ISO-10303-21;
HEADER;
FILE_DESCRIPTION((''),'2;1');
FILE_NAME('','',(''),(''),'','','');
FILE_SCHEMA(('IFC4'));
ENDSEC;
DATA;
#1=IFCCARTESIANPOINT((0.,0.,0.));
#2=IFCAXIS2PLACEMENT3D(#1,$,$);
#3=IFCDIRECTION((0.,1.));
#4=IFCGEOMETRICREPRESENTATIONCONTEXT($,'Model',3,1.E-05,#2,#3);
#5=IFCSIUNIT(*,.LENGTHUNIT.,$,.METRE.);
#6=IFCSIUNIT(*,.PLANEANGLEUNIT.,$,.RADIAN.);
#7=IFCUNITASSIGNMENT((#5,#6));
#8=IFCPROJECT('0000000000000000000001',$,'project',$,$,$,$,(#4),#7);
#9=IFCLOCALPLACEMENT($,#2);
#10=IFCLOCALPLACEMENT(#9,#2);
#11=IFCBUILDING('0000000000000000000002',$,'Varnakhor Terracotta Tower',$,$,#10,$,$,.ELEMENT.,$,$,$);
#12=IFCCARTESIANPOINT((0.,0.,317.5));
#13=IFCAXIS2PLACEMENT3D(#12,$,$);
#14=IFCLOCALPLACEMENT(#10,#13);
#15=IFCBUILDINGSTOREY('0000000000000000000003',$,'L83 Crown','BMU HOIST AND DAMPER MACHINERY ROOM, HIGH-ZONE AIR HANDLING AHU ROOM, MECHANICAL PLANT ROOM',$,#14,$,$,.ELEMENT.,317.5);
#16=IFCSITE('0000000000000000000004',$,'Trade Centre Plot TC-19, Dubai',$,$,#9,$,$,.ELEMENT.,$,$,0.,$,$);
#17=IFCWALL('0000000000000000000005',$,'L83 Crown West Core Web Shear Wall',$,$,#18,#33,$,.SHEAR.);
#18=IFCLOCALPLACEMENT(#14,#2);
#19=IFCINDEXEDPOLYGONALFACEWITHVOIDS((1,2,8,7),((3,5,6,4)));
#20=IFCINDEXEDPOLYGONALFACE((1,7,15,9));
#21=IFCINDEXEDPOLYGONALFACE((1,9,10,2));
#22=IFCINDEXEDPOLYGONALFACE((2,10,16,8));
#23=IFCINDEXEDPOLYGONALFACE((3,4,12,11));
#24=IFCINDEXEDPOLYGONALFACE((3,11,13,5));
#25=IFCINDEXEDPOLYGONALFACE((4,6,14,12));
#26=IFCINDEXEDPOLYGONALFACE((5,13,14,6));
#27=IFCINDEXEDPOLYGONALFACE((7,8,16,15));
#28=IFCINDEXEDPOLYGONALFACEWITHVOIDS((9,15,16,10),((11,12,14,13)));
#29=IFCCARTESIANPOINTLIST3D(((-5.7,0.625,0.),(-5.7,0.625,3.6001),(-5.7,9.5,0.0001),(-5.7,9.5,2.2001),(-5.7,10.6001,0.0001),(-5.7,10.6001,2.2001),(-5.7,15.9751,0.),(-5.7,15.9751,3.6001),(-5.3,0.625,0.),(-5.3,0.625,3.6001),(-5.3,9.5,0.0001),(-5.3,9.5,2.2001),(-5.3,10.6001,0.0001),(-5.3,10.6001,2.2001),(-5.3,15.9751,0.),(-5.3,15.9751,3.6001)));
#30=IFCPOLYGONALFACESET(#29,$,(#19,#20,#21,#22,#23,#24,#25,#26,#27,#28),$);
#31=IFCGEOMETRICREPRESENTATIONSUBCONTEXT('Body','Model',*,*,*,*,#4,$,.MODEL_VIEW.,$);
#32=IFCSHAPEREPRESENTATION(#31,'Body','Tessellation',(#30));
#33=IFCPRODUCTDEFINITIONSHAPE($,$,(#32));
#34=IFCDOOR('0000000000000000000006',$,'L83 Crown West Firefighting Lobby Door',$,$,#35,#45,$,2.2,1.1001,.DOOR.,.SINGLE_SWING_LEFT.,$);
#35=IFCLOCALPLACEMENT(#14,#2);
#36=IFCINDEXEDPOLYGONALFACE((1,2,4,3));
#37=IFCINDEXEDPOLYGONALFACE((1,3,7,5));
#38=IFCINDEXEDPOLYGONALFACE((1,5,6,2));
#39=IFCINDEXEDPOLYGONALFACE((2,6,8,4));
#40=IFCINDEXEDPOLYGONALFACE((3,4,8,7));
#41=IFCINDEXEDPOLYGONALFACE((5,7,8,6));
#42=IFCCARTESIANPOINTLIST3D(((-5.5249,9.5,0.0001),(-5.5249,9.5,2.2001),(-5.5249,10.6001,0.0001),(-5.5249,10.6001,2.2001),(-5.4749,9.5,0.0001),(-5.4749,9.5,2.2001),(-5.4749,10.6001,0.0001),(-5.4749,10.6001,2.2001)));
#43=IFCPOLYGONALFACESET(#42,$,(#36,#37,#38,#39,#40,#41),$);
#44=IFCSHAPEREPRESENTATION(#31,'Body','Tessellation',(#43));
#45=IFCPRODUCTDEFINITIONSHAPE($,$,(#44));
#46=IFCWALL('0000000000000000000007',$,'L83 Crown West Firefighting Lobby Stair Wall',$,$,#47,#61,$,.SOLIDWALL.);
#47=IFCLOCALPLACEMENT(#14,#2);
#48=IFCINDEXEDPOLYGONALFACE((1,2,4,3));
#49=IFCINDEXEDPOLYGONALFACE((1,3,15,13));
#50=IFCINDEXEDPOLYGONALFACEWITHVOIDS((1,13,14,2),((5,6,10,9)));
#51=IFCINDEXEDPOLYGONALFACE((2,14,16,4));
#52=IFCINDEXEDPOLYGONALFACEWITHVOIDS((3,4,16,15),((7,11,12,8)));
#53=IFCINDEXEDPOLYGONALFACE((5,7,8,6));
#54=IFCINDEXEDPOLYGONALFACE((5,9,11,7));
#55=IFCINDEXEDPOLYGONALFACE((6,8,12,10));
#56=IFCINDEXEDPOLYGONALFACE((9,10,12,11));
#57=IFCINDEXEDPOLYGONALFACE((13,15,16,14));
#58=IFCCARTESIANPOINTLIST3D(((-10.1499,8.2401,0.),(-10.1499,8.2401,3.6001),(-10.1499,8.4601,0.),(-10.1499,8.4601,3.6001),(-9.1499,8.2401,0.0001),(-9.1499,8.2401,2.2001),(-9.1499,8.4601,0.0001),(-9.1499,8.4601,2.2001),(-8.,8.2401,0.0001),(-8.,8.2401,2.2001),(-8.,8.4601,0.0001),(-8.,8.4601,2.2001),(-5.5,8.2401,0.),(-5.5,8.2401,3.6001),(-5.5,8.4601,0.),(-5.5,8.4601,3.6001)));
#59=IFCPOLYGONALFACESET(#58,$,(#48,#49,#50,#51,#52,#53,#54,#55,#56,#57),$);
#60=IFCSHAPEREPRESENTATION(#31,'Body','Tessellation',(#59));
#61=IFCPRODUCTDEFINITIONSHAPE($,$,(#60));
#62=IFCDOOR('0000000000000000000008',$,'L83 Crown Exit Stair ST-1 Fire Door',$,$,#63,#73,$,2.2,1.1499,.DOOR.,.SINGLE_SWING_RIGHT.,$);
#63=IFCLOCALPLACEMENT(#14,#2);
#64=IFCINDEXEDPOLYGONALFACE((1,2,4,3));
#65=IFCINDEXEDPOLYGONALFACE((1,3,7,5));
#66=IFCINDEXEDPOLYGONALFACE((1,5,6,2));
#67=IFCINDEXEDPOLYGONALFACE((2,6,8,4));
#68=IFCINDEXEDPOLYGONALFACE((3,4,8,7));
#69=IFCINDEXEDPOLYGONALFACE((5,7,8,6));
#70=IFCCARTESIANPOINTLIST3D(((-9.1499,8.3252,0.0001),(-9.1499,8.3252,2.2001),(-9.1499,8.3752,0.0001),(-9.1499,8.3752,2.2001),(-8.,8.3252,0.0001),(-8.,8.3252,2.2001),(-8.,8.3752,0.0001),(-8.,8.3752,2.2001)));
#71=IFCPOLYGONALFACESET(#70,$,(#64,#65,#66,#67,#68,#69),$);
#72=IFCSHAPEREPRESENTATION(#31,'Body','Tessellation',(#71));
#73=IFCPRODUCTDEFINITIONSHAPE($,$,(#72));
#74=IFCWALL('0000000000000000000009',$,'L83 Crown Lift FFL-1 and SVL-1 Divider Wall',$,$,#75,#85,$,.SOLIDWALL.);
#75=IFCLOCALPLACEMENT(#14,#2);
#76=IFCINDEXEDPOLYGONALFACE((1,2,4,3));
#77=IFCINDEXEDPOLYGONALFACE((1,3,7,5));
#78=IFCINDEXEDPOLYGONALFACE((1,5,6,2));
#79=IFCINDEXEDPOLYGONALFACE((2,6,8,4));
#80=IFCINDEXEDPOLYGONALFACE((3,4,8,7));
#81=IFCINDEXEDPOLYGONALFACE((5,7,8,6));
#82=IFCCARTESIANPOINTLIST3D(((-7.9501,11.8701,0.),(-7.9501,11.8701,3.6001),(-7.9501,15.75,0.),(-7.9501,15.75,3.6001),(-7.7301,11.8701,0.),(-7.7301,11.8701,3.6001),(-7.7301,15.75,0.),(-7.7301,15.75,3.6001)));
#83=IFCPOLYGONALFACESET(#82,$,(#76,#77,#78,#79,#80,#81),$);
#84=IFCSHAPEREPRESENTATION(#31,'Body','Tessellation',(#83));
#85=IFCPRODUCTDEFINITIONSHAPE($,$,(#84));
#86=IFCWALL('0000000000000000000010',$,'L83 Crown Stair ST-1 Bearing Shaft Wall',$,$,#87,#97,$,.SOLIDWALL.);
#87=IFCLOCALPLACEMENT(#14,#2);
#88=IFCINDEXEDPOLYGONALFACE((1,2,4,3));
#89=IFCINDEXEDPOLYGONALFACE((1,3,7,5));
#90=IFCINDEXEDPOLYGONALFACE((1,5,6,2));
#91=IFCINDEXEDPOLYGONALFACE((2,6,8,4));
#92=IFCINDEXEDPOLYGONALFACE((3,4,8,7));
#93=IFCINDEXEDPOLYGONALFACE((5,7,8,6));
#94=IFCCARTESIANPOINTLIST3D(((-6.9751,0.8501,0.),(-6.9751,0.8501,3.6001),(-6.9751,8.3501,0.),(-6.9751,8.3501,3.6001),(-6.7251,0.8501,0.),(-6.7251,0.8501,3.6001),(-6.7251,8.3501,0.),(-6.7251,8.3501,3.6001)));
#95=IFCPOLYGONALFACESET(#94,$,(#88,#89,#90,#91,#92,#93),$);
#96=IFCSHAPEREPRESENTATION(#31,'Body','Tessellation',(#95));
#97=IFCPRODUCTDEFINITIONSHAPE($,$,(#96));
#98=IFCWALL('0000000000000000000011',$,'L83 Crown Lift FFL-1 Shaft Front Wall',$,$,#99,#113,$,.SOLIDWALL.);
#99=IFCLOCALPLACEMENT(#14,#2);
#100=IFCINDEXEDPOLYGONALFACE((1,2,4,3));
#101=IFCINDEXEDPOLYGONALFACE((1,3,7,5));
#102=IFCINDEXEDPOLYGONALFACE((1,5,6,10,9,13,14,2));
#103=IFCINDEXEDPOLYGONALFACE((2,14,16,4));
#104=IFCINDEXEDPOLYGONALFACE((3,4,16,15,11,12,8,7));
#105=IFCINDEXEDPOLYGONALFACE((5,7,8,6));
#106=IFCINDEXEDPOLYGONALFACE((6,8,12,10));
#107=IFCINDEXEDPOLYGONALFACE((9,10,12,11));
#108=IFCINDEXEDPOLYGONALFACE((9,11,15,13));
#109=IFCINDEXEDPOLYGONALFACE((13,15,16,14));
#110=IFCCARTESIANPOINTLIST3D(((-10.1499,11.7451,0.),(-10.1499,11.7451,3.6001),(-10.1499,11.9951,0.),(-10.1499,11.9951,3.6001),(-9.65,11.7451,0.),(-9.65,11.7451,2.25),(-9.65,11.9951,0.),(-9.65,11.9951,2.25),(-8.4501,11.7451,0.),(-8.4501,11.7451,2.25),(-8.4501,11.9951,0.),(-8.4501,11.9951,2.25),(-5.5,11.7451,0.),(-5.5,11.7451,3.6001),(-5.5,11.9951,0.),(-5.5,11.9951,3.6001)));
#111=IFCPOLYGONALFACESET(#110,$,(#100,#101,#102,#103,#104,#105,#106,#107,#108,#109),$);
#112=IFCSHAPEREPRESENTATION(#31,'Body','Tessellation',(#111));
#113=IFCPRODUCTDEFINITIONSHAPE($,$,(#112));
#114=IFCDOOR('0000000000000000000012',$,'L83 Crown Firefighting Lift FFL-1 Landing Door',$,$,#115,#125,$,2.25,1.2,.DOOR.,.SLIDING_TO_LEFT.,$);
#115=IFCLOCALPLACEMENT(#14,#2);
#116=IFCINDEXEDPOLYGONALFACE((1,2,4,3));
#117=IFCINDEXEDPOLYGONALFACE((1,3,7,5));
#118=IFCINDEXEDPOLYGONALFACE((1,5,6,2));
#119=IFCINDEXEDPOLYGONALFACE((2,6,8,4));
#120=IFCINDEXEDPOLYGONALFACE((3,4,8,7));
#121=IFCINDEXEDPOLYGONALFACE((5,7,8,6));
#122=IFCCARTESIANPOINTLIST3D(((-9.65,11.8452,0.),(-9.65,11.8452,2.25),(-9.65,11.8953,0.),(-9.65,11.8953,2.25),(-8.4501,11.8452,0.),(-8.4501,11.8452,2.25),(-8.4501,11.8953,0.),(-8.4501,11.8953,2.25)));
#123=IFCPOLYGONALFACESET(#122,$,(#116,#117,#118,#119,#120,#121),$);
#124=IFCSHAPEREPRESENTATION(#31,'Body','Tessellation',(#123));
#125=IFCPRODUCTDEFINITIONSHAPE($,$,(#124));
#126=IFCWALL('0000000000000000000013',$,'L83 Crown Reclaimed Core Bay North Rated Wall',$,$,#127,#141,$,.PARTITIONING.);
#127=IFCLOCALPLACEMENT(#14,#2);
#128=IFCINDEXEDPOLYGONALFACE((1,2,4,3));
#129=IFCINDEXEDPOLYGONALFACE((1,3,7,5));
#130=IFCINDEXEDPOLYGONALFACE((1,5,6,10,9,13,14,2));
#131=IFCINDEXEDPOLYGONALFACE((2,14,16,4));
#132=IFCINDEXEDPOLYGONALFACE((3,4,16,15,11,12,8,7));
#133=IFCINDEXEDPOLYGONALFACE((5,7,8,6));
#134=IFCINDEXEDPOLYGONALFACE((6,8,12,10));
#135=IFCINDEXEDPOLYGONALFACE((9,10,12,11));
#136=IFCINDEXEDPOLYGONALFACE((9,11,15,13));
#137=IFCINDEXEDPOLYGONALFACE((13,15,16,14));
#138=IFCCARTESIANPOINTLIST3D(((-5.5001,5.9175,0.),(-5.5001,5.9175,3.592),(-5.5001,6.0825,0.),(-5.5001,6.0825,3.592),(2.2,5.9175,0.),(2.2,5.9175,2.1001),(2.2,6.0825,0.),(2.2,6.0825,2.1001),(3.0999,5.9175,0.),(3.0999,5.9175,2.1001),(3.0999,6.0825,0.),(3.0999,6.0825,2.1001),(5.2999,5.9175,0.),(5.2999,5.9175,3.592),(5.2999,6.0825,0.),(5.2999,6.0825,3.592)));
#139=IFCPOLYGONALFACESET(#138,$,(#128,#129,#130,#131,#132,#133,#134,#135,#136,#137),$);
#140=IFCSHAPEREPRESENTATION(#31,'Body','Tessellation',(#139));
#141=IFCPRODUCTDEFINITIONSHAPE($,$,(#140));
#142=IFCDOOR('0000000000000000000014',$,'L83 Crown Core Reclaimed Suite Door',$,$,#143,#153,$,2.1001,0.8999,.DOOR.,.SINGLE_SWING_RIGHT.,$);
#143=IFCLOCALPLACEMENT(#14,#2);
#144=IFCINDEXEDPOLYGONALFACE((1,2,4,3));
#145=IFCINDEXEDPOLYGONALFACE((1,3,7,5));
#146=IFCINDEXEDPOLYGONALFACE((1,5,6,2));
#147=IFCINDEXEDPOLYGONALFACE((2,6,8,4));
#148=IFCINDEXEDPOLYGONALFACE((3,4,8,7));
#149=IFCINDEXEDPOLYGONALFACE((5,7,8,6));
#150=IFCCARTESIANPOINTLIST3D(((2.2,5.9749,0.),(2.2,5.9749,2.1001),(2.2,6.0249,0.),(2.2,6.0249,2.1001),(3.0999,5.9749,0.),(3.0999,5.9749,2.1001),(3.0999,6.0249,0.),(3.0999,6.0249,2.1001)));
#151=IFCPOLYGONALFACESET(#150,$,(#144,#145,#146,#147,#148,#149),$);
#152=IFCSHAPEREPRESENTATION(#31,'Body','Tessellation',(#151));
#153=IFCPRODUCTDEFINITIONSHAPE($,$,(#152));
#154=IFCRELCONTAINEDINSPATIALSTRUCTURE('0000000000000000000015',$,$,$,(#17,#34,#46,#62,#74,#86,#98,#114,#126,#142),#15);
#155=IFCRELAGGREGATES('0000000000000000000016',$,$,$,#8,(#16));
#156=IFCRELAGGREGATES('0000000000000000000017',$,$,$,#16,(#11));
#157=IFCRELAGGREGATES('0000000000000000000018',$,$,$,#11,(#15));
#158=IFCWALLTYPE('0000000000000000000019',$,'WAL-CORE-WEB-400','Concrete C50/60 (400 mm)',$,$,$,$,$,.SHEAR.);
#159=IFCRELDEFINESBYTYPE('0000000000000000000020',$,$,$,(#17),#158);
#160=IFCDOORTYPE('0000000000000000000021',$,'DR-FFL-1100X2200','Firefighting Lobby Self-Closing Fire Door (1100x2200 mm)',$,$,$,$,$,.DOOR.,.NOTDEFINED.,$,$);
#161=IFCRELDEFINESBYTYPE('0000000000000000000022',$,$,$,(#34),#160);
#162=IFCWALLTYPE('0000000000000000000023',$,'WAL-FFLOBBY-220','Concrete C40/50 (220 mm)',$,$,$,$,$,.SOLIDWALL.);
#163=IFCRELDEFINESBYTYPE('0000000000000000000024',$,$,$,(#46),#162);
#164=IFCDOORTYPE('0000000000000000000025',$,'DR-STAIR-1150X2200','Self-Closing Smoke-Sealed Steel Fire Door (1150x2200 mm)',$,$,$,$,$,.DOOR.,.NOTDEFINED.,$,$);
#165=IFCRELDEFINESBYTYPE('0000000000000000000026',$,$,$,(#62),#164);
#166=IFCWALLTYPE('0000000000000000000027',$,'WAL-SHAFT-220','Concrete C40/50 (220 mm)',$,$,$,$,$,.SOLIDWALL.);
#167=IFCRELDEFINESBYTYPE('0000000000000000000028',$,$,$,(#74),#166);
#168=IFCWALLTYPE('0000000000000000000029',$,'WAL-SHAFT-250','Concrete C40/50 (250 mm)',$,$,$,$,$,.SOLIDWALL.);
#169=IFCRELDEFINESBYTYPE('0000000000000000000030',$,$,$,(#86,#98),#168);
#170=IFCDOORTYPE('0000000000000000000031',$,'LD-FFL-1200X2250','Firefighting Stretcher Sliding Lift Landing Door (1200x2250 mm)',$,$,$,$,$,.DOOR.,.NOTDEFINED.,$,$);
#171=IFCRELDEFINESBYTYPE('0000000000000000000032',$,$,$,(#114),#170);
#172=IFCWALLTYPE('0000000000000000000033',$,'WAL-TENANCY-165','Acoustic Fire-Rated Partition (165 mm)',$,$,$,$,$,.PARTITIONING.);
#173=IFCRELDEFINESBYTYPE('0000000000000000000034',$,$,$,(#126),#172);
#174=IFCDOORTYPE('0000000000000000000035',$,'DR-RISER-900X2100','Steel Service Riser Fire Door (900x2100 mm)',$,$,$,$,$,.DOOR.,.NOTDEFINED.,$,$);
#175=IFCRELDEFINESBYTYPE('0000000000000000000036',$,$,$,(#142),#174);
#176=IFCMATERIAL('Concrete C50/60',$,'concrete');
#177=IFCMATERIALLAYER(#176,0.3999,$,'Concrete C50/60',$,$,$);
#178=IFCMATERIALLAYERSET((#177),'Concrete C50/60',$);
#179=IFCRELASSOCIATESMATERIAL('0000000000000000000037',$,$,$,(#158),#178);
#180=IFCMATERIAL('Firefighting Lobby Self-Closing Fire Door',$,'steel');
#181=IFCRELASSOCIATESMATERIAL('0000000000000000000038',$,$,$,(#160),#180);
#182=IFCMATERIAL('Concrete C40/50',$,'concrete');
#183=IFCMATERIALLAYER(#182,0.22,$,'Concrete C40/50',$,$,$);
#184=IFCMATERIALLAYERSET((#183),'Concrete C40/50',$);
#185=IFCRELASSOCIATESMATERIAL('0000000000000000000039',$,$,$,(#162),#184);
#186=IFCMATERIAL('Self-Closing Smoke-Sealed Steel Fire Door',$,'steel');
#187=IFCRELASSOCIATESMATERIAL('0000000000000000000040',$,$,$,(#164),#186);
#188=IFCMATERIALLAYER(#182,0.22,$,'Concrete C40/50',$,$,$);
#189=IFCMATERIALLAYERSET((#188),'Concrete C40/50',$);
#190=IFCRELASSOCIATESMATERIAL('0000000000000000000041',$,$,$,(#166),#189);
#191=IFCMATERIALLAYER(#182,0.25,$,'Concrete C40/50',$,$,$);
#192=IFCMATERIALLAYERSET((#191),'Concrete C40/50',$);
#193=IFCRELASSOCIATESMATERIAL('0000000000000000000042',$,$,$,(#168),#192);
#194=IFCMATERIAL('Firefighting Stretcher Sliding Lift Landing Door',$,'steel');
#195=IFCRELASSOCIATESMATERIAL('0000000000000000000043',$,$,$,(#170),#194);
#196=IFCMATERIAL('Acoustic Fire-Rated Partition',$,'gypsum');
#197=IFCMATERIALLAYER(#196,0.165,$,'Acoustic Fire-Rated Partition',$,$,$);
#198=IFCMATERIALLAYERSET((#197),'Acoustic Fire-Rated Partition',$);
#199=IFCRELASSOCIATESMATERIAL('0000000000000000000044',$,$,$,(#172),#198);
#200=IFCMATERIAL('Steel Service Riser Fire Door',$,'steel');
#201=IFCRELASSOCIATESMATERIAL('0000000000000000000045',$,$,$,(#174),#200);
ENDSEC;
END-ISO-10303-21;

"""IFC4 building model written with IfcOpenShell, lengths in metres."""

from ifc_helpers import new_model, si_unit, direction, frame, frame_2d, origin, place, context, subcontext, project, spatial, rectangle, extrude, source, transform, mapped, material, layer, layer_set, type_object, type_shapes, element, fill, save


model = new_model("IFC4")

# Units and contexts
model_context = context("Model", 3, precision=1e-05, world=origin(), true_north=direction((0.0, 1.0)))
body_context = subcontext(model_context, "Body", "Model", "MODEL_VIEW")
ifc_project = project(units=[si_unit("LENGTHUNIT", "METRE"), si_unit("PLANEANGLEUNIT", "RADIAN")], contexts=[model_context])

# Site, building, storey
site_placement = place(None, origin())
site = spatial("IfcSite", under=ifc_project, at=site_placement, Name="Trade Centre Plot TC-19, Dubai", CompositionType="ELEMENT", RefElevation=0.0)
building_placement = place(site_placement, origin())
building = spatial("IfcBuilding", under=site, at=building_placement, Name="Varnakhor Terracotta Tower", CompositionType="ELEMENT")
storey_placement = place(building_placement, frame((0.0, 0.0, 317.5)))
storey = spatial("IfcBuildingStorey", under=building, at=storey_placement, Name="L83 Crown", Description="BMU HOIST AND DAMPER MACHINERY ROOM, HIGH-ZONE AIR HANDLING AHU ROOM, MECHANICAL PLANT ROOM", CompositionType="ELEMENT", Elevation=317.5)

# Shared definitions
ifc_material_1 = material(Name="Concrete C50/60", Category="concrete")

# Walls, openings, doors
ifc_layer_1 = layer(ifc_material_1, 0.3999, Name="Concrete C50/60")
ifc_layer_set_1 = layer_set([ifc_layer_1], Name="Concrete C50/60")
wall_type_1 = type_object("IfcWallType", Name="WAL-CORE-WEB-400", Description="Concrete C50/60 (400 mm)", PredefinedType="SHEAR", material=ifc_layer_set_1)
wall_1_placement = place(storey_placement, frame((-5.5, 0.625, 0.0), z_axis=(0.0, 0.0, 1.0), x_axis=(0.0, 1.0, 0.0)))
wall_1 = element("IfcWall", 1, at=wall_1_placement, inside=storey, type_object=wall_type_1, Name="L83 Crown West Core Web Shear Wall", PredefinedType="SHEAR", context=body_context, shape_type="SweptSolid", body=[
    extrude(rectangle(XDim=15.3501, YDim=0.3999, at=frame_2d((7.675, 0.0))), origin(), (0.0, 0.0, 1.0), 3.6001),
])
opening_1_placement = place(wall_1_placement, frame((8.875, 0.0, 0.0)))
opening_1 = element("IfcOpeningElement", 2, at=opening_1_placement, cuts=wall_1, PredefinedType="OPENING", context=body_context, shape_type="SweptSolid", body=[
    extrude(rectangle(XDim=1.1001, YDim=2.2, at=frame_2d((0.55, 1.1001))), frame((0.0, 0.21, 0.0), z_axis=(0.0, -1.0, 0.0), x_axis=(1.0, 0.0, 0.0)), (0.0, 0.0, 1.0), 0.4199),
])
ifc_material_2 = material(Name="Firefighting Lobby Self-Closing Fire Door", Category="steel")
door_type_1 = type_object("IfcDoorType", Name="DR-FFL-1100X2200", Description="Firefighting Lobby Self-Closing Fire Door (1100x2200 mm)", OperationType="NOTDEFINED", PredefinedType="DOOR", material=ifc_material_2)
shared_shape_1 = source(origin(), body_context, "Body", "SweptSolid", [
    extrude(rectangle(XDim=1.1001, YDim=2.2, at=frame_2d((0.55, 1.1001))), frame((0.0, 0.0249, 0.0), z_axis=(0.0, -1.0, 0.0), x_axis=(1.0, 0.0, 0.0)), (0.0, 0.0, 1.0), 0.05),
])
type_shapes(door_type_1, [shared_shape_1])
door_1_placement = place(opening_1_placement, origin())
door_1 = element("IfcDoor", 3, at=door_1_placement, inside=storey, type_object=door_type_1, Name="L83 Crown West Firefighting Lobby Door", OperationType="SINGLE_SWING_LEFT", OverallHeight=2.2, OverallWidth=1.1001, PredefinedType="DOOR", context=body_context, shape_type="MappedRepresentation", body=[
    mapped(shared_shape_1, transform((0.0, 0.0, 0.0), scale=1.0)),
])
fill(opening_1, door_1)
ifc_material_3 = material(Name="Concrete C40/50", Category="concrete")
ifc_layer_2 = layer(ifc_material_3, 0.22, Name="Concrete C40/50")
ifc_layer_set_2 = layer_set([ifc_layer_2], Name="Concrete C40/50")
wall_type_2 = type_object("IfcWallType", Name="WAL-FFLOBBY-220", Description="Concrete C40/50 (220 mm)", PredefinedType="SOLIDWALL", material=ifc_layer_set_2)
wall_2_placement = place(storey_placement, frame((-5.5, 8.3501, 0.0), z_axis=(0.0, 0.0, 1.0), x_axis=(-1.0, 0.0, 0.0)))
wall_2 = element("IfcWall", 4, at=wall_2_placement, inside=storey, type_object=wall_type_2, Name="L83 Crown West Firefighting Lobby Stair Wall", PredefinedType="SOLIDWALL", context=body_context, shape_type="SweptSolid", body=[
    extrude(rectangle(XDim=4.6499, YDim=0.22, at=frame_2d((2.325, 0.0))), origin(), (0.0, 0.0, 1.0), 3.6001),
])
opening_2_placement = place(wall_2_placement, frame((2.5, 0.0, 0.0)))
opening_2 = element("IfcOpeningElement", 5, at=opening_2_placement, cuts=wall_2, PredefinedType="OPENING", context=body_context, shape_type="SweptSolid", body=[
    extrude(rectangle(XDim=1.1499, YDim=2.2, at=frame_2d((0.575, 1.1001))), frame((0.0, 0.1201, 0.0), z_axis=(0.0, -1.0, 0.0), x_axis=(1.0, 0.0, 0.0)), (0.0, 0.0, 1.0), 0.24),
])
ifc_material_4 = material(Name="Self-Closing Smoke-Sealed Steel Fire Door", Category="steel")
door_type_2 = type_object("IfcDoorType", Name="DR-STAIR-1150X2200", Description="Self-Closing Smoke-Sealed Steel Fire Door (1150x2200 mm)", OperationType="NOTDEFINED", PredefinedType="DOOR", material=ifc_material_4)
shared_shape_2 = source(origin(), body_context, "Body", "SweptSolid", [
    extrude(rectangle(XDim=1.1499, YDim=2.2, at=frame_2d((0.575, 1.1001))), frame((0.0, 0.0249, 0.0), z_axis=(0.0, -1.0, 0.0), x_axis=(1.0, 0.0, 0.0)), (0.0, 0.0, 1.0), 0.05),
])
type_shapes(door_type_2, [shared_shape_2])
door_2_placement = place(opening_2_placement, origin())
door_2 = element("IfcDoor", 6, at=door_2_placement, inside=storey, type_object=door_type_2, Name="L83 Crown Exit Stair ST-1 Fire Door", OperationType="SINGLE_SWING_RIGHT", OverallHeight=2.2, OverallWidth=1.1499, PredefinedType="DOOR", context=body_context, shape_type="MappedRepresentation", body=[
    mapped(shared_shape_2, transform((0.0, 0.0, 0.0), scale=1.0)),
])
fill(opening_2, door_2)

# Walls
ifc_layer_3 = layer(ifc_material_3, 0.22, Name="Concrete C40/50")
ifc_layer_set_3 = layer_set([ifc_layer_3], Name="Concrete C40/50")
wall_type_3 = type_object("IfcWallType", Name="WAL-SHAFT-220", Description="Concrete C40/50 (220 mm)", PredefinedType="SOLIDWALL", material=ifc_layer_set_3)
wall_3_placement = place(storey_placement, frame((-7.8401, 11.8701, 0.0), z_axis=(0.0, 0.0, 1.0), x_axis=(0.0, 1.0, 0.0)))
element("IfcWall", 7, at=wall_3_placement, inside=storey, type_object=wall_type_3, Name="L83 Crown Lift FFL-1 and SVL-1 Divider Wall", PredefinedType="SOLIDWALL", context=body_context, shape_type="SweptSolid", body=[
    extrude(rectangle(XDim=3.8799, YDim=0.22, at=frame_2d((1.9399, 0.0))), origin(), (0.0, 0.0, 1.0), 3.6001),
])
ifc_layer_4 = layer(ifc_material_3, 0.25, Name="Concrete C40/50")
ifc_layer_set_4 = layer_set([ifc_layer_4], Name="Concrete C40/50")
wall_type_4 = type_object("IfcWallType", Name="WAL-SHAFT-250", Description="Concrete C40/50 (250 mm)", PredefinedType="SOLIDWALL", material=ifc_layer_set_4)
wall_4_placement = place(storey_placement, frame((-6.8501, 0.8501, 0.0), z_axis=(0.0, 0.0, 1.0), x_axis=(0.0, 1.0, 0.0)))
element("IfcWall", 8, at=wall_4_placement, inside=storey, type_object=wall_type_4, Name="L83 Crown Stair ST-1 Bearing Shaft Wall", PredefinedType="SOLIDWALL", context=body_context, shape_type="SweptSolid", body=[
    extrude(rectangle(XDim=7.5, YDim=0.25, at=frame_2d((3.75, 0.0))), origin(), (0.0, 0.0, 1.0), 3.6001),
])

# Walls, openings, doors
wall_5_placement = place(storey_placement, frame((-5.5, 11.8701, 0.0), z_axis=(0.0, 0.0, 1.0), x_axis=(-1.0, 0.0, 0.0)))
wall_5 = element("IfcWall", 9, at=wall_5_placement, inside=storey, type_object=wall_type_4, Name="L83 Crown Lift FFL-1 Shaft Front Wall", PredefinedType="SOLIDWALL", context=body_context, shape_type="SweptSolid", body=[
    extrude(rectangle(XDim=4.6499, YDim=0.25, at=frame_2d((2.325, 0.0))), origin(), (0.0, 0.0, 1.0), 3.6001),
])
opening_3_placement = place(wall_5_placement, frame((2.95, 0.0, 0.0)))
opening_3 = element("IfcOpeningElement", 10, at=opening_3_placement, cuts=wall_5, PredefinedType="OPENING", context=body_context, shape_type="SweptSolid", body=[
    extrude(rectangle(XDim=1.2, YDim=2.25, at=frame_2d((0.6001, 1.125))), frame((0.0, 0.135, 0.0), z_axis=(0.0, -1.0, 0.0), x_axis=(1.0, 0.0, 0.0)), (0.0, 0.0, 1.0), 0.27),
])
ifc_material_5 = material(Name="Firefighting Stretcher Sliding Lift Landing Door", Category="steel")
door_type_3 = type_object("IfcDoorType", Name="LD-FFL-1200X2250", Description="Firefighting Stretcher Sliding Lift Landing Door (1200x2250 mm)", OperationType="NOTDEFINED", PredefinedType="DOOR", material=ifc_material_5)
shared_shape_3 = source(origin(), body_context, "Body", "SweptSolid", [
    extrude(rectangle(XDim=1.2, YDim=2.25, at=frame_2d((0.6001, 1.125))), frame((0.0, 0.0249, 0.0), z_axis=(0.0, -1.0, 0.0), x_axis=(1.0, 0.0, 0.0)), (0.0, 0.0, 1.0), 0.05),
])
type_shapes(door_type_3, [shared_shape_3])
door_3_placement = place(opening_3_placement, origin())
door_3 = element("IfcDoor", 11, at=door_3_placement, inside=storey, type_object=door_type_3, Name="L83 Crown Firefighting Lift FFL-1 Landing Door", OperationType="SLIDING_TO_LEFT", OverallHeight=2.25, OverallWidth=1.2, PredefinedType="DOOR", context=body_context, shape_type="MappedRepresentation", body=[
    mapped(shared_shape_3, transform((0.0, 0.0, 0.0), scale=1.0)),
])
fill(opening_3, door_3)
ifc_material_6 = material(Name="Acoustic Fire-Rated Partition", Category="gypsum")
ifc_layer_5 = layer(ifc_material_6, 0.165, Name="Acoustic Fire-Rated Partition")
ifc_layer_set_5 = layer_set([ifc_layer_5], Name="Acoustic Fire-Rated Partition")
wall_type_5 = type_object("IfcWallType", Name="WAL-TENANCY-165", Description="Acoustic Fire-Rated Partition (165 mm)", PredefinedType="PARTITIONING", material=ifc_layer_set_5)
wall_6_placement = place(storey_placement, frame((-5.5, 6.0, 0.0), z_axis=(0.0, 0.0, 1.0), x_axis=(1.0, 0.0, 0.0)))
wall_6 = element("IfcWall", 12, at=wall_6_placement, inside=storey, type_object=wall_type_5, Name="L83 Crown Reclaimed Core Bay North Rated Wall", PredefinedType="PARTITIONING", context=body_context, shape_type="SweptSolid", body=[
    extrude(rectangle(XDim=10.8, YDim=0.165, at=frame_2d((5.3999, 0.0))), origin(), (0.0, 0.0, 1.0), 3.592),
])
opening_4_placement = place(wall_6_placement, frame((7.7, 0.0, 0.0)))
opening_4 = element("IfcOpeningElement", 13, at=opening_4_placement, cuts=wall_6, PredefinedType="OPENING", context=body_context, shape_type="SweptSolid", body=[
    extrude(rectangle(XDim=0.8999, YDim=2.1001, at=frame_2d((0.45, 1.05))), frame((0.0, 0.0925, 0.0), z_axis=(0.0, -1.0, 0.0), x_axis=(1.0, 0.0, 0.0)), (0.0, 0.0, 1.0), 0.1851),
])
ifc_material_7 = material(Name="Steel Service Riser Fire Door", Category="steel")
door_type_4 = type_object("IfcDoorType", Name="DR-RISER-900X2100", Description="Steel Service Riser Fire Door (900x2100 mm)", OperationType="NOTDEFINED", PredefinedType="DOOR", material=ifc_material_7)
shared_shape_4 = source(origin(), body_context, "Body", "SweptSolid", [
    extrude(rectangle(XDim=0.8999, YDim=2.1001, at=frame_2d((0.45, 1.05))), frame((0.0, 0.0249, 0.0), z_axis=(0.0, -1.0, 0.0), x_axis=(1.0, 0.0, 0.0)), (0.0, 0.0, 1.0), 0.05),
])
type_shapes(door_type_4, [shared_shape_4])
door_4_placement = place(opening_4_placement, origin())
door_4 = element("IfcDoor", 14, at=door_4_placement, inside=storey, type_object=door_type_4, Name="L83 Crown Core Reclaimed Suite Door", OperationType="SINGLE_SWING_RIGHT", OverallHeight=2.1001, OverallWidth=0.8999, PredefinedType="DOOR", context=body_context, shape_type="MappedRepresentation", body=[
    mapped(shared_shape_4, transform((0.0, 0.0, 0.0), scale=1.0)),
])
fill(opening_4, door_4)

save(model, "model.ifc")
